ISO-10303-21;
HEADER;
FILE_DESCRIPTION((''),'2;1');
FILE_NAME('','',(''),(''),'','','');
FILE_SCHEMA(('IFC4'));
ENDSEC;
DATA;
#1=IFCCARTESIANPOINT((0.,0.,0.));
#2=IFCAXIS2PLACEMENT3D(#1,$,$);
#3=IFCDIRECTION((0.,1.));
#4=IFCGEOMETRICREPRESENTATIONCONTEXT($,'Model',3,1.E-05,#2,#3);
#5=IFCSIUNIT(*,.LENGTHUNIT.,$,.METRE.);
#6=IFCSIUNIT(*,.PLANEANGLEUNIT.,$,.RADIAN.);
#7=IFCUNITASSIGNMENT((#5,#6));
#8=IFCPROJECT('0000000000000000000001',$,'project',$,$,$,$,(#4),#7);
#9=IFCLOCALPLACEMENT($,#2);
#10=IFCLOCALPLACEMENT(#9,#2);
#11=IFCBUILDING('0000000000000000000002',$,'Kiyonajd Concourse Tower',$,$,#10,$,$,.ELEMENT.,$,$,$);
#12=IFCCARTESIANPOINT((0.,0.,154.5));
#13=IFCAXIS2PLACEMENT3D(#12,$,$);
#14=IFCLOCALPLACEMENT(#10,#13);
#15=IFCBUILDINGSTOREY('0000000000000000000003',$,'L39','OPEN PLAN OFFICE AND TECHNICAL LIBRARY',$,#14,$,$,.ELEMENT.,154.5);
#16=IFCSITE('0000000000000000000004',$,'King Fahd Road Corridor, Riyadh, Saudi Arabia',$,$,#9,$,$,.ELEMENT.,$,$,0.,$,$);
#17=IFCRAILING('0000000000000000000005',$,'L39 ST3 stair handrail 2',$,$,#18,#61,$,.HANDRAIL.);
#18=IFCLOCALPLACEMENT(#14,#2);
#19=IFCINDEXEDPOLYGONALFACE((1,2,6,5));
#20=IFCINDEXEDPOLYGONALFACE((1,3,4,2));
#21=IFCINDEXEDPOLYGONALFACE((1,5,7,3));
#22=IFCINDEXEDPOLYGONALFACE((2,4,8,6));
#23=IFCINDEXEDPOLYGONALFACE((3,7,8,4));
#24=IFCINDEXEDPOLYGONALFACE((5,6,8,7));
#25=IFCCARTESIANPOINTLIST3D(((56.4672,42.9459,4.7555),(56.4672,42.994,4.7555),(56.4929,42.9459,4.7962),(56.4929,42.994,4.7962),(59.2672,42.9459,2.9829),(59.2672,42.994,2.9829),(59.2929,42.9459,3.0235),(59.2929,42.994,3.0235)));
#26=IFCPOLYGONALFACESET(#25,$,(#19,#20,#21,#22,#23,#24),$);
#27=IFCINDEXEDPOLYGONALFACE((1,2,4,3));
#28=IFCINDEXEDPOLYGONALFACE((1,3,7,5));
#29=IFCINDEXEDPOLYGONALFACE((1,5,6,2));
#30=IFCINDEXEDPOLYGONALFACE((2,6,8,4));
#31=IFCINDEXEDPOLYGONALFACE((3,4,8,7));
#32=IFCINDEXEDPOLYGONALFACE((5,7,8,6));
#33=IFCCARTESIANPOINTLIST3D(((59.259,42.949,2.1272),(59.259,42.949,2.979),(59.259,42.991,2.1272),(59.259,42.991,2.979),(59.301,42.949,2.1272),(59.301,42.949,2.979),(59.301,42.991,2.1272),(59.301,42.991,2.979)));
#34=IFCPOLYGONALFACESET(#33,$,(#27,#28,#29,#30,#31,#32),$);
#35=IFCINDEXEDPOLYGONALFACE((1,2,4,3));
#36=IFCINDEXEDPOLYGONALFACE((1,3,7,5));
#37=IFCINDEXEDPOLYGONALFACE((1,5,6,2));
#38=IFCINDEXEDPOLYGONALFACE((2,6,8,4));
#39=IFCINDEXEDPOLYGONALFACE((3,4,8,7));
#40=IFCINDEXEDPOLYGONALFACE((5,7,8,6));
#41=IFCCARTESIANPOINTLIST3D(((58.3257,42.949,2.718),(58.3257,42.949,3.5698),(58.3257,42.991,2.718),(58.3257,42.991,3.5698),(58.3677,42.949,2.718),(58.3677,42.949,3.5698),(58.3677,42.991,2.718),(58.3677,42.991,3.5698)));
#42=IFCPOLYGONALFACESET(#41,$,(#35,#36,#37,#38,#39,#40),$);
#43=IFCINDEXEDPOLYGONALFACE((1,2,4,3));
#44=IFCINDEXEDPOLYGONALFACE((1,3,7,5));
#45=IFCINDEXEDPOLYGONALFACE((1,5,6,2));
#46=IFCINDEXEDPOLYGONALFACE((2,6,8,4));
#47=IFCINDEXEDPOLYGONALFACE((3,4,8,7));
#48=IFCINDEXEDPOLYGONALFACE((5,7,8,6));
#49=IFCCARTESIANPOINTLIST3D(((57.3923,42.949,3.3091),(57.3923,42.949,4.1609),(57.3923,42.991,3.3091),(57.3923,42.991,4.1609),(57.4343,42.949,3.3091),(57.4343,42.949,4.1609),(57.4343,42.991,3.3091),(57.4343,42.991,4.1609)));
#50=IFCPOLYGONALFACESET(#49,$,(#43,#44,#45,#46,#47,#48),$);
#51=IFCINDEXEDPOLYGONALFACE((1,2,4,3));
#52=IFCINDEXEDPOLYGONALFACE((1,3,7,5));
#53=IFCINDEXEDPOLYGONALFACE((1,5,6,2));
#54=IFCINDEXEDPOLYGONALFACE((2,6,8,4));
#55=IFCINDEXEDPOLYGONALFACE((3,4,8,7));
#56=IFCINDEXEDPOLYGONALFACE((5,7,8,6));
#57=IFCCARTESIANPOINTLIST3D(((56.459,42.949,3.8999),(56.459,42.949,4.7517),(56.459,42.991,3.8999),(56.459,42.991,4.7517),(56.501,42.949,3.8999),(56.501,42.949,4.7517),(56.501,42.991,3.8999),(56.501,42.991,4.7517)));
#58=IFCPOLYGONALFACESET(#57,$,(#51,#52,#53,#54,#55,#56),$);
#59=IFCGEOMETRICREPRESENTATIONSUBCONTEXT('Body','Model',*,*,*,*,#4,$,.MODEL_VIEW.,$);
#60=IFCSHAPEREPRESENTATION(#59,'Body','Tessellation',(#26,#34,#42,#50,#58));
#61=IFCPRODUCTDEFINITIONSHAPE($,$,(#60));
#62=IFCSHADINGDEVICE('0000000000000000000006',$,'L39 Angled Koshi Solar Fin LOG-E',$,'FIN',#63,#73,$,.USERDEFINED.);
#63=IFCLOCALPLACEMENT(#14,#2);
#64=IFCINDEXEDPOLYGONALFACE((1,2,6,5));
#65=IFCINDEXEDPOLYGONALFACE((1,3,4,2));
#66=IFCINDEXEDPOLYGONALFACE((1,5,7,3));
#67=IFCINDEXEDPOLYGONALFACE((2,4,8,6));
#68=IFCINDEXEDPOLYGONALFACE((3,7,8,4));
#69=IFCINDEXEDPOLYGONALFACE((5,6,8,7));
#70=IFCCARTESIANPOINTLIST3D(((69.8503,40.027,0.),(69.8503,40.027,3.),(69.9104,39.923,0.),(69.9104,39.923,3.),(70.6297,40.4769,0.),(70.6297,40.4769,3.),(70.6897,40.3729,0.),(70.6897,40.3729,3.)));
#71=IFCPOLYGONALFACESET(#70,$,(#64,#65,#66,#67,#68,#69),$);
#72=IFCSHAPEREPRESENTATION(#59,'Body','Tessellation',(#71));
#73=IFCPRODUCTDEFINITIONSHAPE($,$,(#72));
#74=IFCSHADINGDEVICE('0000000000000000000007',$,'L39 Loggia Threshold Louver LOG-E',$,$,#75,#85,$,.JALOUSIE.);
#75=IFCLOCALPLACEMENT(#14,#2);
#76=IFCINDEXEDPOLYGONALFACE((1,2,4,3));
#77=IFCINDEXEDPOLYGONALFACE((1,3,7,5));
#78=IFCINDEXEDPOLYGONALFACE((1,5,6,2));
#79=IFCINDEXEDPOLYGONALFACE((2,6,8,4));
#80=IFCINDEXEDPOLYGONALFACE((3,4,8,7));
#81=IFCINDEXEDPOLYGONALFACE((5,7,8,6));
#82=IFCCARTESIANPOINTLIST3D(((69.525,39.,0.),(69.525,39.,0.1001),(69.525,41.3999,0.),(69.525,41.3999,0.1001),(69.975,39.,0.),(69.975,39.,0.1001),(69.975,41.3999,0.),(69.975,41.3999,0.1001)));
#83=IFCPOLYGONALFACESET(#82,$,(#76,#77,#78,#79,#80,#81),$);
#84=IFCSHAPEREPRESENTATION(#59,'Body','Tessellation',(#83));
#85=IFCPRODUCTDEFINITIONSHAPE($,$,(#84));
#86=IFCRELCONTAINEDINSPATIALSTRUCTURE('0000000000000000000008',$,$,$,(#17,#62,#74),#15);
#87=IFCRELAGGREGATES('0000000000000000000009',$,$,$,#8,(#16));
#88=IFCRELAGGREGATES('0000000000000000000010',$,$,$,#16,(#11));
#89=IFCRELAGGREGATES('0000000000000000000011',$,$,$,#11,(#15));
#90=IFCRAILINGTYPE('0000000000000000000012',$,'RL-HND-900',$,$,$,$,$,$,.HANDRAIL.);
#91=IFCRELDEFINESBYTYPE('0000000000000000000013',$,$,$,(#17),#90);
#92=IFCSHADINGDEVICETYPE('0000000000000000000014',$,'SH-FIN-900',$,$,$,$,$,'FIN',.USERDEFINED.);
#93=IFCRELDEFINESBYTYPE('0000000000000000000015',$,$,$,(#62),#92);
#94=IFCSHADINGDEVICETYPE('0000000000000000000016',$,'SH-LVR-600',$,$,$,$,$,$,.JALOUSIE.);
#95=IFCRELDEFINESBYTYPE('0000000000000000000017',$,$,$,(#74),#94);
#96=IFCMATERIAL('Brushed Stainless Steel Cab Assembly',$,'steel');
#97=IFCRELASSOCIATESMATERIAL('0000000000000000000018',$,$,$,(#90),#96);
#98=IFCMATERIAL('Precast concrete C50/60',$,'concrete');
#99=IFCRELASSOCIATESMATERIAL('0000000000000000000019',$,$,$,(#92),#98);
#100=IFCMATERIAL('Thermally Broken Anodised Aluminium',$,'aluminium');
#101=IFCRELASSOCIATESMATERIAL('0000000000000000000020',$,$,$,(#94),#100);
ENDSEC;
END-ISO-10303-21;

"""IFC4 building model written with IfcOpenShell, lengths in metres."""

from ifc_helpers import new_model, si_unit, direction, frame, origin, origin_2d, place, context, subcontext, project, spatial, rectangle, extrude, material, type_object, element, save


model = new_model("IFC4")

# Units and contexts
model_context = context("Model", 3, precision=1e-05, world=origin(), true_north=direction((0.0, 1.0)))
body_context = subcontext(model_context, "Body", "Model", "MODEL_VIEW")
ifc_project = project(units=[si_unit("LENGTHUNIT", "METRE"), si_unit("PLANEANGLEUNIT", "RADIAN")], contexts=[model_context])

# Site, building, storey
site_placement = place(None, origin())
site = spatial("IfcSite", under=ifc_project, at=site_placement, Name="King Fahd Road Corridor, Riyadh, Saudi Arabia", CompositionType="ELEMENT", RefElevation=0.0)
building_placement = place(site_placement, origin())
building = spatial("IfcBuilding", under=site, at=building_placement, Name="Kiyonajd Concourse Tower", CompositionType="ELEMENT")
storey_placement = place(building_placement, frame((0.0, 0.0, 154.5)))
storey = spatial("IfcBuildingStorey", under=building, at=storey_placement, Name="L39", Description="OPEN PLAN OFFICE AND TECHNICAL LIBRARY", CompositionType="ELEMENT", Elevation=154.5)

# Shared definitions
ifc_material_1 = material(Name="Thermally Broken Anodised Aluminium", Category="aluminium")

# Shared definitions
ifc_material_2 = material(Name="Precast concrete C50/60", Category="concrete")

# Railing
ifc_material_3 = material(Name="Brushed Stainless Steel Cab Assembly", Category="steel")
railing_type_1 = type_object("IfcRailingType", Name="RL-HND-900", PredefinedType="HANDRAIL", material=ifc_material_3)
railing_1_placement = place(storey_placement, frame((59.28, 42.97, 2.1272)))
element("IfcRailing", 1, at=railing_1_placement, inside=storey, type_object=railing_type_1, Name="L39 ST3 stair handrail 2", PredefinedType="HANDRAIL", context=body_context, shape_type="SweptSolid", body=[
    extrude(rectangle(XDim=0.0481, YDim=0.0481, at=origin_2d()), frame((0.0, 0.0, 0.876), z_axis=(-0.844909, 0.0, 0.53491), x_axis=(0.0, -1.0, 0.0)), (0.0, 0.0, 1.0), 3.314),
    extrude(rectangle(XDim=0.042, YDim=0.042, at=origin_2d()), origin(), (0.0, 0.0, 1.0), 0.8518),
    extrude(rectangle(XDim=0.042, YDim=0.042, at=origin_2d()), frame((-0.9333, 0.0, 0.5908)), (0.0, 0.0, 1.0), 0.8518),
    extrude(rectangle(XDim=0.042, YDim=0.042, at=origin_2d()), frame((-1.8667, 0.0, 1.1819)), (0.0, 0.0, 1.0), 0.8518),
    extrude(rectangle(XDim=0.042, YDim=0.042, at=origin_2d()), frame((-2.8, 0.0, 1.7727)), (0.0, 0.0, 1.0), 0.8518),
])

# Shading devices
shading_device_type_1 = type_object("IfcShadingDeviceType", Name="SH-FIN-900", ElementType="FIN", PredefinedType="USERDEFINED", material=ifc_material_2)
shading_device_1_placement = place(storey_placement, frame((70.27, 40.2, 0.0), z_axis=(0.0, 0.0, 1.0), x_axis=(0.866025, 0.5, 0.0)))
element("IfcShadingDevice", 2, at=shading_device_1_placement, inside=storey, type_object=shading_device_type_1, Name="L39 Angled Koshi Solar Fin LOG-E", ObjectType="FIN", PredefinedType="USERDEFINED", context=body_context, shape_type="SweptSolid", body=[
    extrude(rectangle(XDim=0.8999, YDim=0.1201, at=origin_2d()), origin(), (0.0, 0.0, 1.0), 3.0),
])
shading_device_type_2 = type_object("IfcShadingDeviceType", Name="SH-LVR-600", PredefinedType="JALOUSIE", material=ifc_material_1)
shading_device_2_placement = place(storey_placement, frame((69.75, 40.2, 0.0), z_axis=(0.0, 0.0, 1.0), x_axis=(0.0, 1.0, 0.0)))
element("IfcShadingDevice", 3, at=shading_device_2_placement, inside=storey, type_object=shading_device_type_2, Name="L39 Loggia Threshold Louver LOG-E", PredefinedType="JALOUSIE", context=body_context, shape_type="SweptSolid", body=[
    extrude(rectangle(XDim=2.3999, YDim=0.45, at=origin_2d()), origin(), (0.0, 0.0, 1.0), 0.1001),
])

save(model, "model.ifc")
